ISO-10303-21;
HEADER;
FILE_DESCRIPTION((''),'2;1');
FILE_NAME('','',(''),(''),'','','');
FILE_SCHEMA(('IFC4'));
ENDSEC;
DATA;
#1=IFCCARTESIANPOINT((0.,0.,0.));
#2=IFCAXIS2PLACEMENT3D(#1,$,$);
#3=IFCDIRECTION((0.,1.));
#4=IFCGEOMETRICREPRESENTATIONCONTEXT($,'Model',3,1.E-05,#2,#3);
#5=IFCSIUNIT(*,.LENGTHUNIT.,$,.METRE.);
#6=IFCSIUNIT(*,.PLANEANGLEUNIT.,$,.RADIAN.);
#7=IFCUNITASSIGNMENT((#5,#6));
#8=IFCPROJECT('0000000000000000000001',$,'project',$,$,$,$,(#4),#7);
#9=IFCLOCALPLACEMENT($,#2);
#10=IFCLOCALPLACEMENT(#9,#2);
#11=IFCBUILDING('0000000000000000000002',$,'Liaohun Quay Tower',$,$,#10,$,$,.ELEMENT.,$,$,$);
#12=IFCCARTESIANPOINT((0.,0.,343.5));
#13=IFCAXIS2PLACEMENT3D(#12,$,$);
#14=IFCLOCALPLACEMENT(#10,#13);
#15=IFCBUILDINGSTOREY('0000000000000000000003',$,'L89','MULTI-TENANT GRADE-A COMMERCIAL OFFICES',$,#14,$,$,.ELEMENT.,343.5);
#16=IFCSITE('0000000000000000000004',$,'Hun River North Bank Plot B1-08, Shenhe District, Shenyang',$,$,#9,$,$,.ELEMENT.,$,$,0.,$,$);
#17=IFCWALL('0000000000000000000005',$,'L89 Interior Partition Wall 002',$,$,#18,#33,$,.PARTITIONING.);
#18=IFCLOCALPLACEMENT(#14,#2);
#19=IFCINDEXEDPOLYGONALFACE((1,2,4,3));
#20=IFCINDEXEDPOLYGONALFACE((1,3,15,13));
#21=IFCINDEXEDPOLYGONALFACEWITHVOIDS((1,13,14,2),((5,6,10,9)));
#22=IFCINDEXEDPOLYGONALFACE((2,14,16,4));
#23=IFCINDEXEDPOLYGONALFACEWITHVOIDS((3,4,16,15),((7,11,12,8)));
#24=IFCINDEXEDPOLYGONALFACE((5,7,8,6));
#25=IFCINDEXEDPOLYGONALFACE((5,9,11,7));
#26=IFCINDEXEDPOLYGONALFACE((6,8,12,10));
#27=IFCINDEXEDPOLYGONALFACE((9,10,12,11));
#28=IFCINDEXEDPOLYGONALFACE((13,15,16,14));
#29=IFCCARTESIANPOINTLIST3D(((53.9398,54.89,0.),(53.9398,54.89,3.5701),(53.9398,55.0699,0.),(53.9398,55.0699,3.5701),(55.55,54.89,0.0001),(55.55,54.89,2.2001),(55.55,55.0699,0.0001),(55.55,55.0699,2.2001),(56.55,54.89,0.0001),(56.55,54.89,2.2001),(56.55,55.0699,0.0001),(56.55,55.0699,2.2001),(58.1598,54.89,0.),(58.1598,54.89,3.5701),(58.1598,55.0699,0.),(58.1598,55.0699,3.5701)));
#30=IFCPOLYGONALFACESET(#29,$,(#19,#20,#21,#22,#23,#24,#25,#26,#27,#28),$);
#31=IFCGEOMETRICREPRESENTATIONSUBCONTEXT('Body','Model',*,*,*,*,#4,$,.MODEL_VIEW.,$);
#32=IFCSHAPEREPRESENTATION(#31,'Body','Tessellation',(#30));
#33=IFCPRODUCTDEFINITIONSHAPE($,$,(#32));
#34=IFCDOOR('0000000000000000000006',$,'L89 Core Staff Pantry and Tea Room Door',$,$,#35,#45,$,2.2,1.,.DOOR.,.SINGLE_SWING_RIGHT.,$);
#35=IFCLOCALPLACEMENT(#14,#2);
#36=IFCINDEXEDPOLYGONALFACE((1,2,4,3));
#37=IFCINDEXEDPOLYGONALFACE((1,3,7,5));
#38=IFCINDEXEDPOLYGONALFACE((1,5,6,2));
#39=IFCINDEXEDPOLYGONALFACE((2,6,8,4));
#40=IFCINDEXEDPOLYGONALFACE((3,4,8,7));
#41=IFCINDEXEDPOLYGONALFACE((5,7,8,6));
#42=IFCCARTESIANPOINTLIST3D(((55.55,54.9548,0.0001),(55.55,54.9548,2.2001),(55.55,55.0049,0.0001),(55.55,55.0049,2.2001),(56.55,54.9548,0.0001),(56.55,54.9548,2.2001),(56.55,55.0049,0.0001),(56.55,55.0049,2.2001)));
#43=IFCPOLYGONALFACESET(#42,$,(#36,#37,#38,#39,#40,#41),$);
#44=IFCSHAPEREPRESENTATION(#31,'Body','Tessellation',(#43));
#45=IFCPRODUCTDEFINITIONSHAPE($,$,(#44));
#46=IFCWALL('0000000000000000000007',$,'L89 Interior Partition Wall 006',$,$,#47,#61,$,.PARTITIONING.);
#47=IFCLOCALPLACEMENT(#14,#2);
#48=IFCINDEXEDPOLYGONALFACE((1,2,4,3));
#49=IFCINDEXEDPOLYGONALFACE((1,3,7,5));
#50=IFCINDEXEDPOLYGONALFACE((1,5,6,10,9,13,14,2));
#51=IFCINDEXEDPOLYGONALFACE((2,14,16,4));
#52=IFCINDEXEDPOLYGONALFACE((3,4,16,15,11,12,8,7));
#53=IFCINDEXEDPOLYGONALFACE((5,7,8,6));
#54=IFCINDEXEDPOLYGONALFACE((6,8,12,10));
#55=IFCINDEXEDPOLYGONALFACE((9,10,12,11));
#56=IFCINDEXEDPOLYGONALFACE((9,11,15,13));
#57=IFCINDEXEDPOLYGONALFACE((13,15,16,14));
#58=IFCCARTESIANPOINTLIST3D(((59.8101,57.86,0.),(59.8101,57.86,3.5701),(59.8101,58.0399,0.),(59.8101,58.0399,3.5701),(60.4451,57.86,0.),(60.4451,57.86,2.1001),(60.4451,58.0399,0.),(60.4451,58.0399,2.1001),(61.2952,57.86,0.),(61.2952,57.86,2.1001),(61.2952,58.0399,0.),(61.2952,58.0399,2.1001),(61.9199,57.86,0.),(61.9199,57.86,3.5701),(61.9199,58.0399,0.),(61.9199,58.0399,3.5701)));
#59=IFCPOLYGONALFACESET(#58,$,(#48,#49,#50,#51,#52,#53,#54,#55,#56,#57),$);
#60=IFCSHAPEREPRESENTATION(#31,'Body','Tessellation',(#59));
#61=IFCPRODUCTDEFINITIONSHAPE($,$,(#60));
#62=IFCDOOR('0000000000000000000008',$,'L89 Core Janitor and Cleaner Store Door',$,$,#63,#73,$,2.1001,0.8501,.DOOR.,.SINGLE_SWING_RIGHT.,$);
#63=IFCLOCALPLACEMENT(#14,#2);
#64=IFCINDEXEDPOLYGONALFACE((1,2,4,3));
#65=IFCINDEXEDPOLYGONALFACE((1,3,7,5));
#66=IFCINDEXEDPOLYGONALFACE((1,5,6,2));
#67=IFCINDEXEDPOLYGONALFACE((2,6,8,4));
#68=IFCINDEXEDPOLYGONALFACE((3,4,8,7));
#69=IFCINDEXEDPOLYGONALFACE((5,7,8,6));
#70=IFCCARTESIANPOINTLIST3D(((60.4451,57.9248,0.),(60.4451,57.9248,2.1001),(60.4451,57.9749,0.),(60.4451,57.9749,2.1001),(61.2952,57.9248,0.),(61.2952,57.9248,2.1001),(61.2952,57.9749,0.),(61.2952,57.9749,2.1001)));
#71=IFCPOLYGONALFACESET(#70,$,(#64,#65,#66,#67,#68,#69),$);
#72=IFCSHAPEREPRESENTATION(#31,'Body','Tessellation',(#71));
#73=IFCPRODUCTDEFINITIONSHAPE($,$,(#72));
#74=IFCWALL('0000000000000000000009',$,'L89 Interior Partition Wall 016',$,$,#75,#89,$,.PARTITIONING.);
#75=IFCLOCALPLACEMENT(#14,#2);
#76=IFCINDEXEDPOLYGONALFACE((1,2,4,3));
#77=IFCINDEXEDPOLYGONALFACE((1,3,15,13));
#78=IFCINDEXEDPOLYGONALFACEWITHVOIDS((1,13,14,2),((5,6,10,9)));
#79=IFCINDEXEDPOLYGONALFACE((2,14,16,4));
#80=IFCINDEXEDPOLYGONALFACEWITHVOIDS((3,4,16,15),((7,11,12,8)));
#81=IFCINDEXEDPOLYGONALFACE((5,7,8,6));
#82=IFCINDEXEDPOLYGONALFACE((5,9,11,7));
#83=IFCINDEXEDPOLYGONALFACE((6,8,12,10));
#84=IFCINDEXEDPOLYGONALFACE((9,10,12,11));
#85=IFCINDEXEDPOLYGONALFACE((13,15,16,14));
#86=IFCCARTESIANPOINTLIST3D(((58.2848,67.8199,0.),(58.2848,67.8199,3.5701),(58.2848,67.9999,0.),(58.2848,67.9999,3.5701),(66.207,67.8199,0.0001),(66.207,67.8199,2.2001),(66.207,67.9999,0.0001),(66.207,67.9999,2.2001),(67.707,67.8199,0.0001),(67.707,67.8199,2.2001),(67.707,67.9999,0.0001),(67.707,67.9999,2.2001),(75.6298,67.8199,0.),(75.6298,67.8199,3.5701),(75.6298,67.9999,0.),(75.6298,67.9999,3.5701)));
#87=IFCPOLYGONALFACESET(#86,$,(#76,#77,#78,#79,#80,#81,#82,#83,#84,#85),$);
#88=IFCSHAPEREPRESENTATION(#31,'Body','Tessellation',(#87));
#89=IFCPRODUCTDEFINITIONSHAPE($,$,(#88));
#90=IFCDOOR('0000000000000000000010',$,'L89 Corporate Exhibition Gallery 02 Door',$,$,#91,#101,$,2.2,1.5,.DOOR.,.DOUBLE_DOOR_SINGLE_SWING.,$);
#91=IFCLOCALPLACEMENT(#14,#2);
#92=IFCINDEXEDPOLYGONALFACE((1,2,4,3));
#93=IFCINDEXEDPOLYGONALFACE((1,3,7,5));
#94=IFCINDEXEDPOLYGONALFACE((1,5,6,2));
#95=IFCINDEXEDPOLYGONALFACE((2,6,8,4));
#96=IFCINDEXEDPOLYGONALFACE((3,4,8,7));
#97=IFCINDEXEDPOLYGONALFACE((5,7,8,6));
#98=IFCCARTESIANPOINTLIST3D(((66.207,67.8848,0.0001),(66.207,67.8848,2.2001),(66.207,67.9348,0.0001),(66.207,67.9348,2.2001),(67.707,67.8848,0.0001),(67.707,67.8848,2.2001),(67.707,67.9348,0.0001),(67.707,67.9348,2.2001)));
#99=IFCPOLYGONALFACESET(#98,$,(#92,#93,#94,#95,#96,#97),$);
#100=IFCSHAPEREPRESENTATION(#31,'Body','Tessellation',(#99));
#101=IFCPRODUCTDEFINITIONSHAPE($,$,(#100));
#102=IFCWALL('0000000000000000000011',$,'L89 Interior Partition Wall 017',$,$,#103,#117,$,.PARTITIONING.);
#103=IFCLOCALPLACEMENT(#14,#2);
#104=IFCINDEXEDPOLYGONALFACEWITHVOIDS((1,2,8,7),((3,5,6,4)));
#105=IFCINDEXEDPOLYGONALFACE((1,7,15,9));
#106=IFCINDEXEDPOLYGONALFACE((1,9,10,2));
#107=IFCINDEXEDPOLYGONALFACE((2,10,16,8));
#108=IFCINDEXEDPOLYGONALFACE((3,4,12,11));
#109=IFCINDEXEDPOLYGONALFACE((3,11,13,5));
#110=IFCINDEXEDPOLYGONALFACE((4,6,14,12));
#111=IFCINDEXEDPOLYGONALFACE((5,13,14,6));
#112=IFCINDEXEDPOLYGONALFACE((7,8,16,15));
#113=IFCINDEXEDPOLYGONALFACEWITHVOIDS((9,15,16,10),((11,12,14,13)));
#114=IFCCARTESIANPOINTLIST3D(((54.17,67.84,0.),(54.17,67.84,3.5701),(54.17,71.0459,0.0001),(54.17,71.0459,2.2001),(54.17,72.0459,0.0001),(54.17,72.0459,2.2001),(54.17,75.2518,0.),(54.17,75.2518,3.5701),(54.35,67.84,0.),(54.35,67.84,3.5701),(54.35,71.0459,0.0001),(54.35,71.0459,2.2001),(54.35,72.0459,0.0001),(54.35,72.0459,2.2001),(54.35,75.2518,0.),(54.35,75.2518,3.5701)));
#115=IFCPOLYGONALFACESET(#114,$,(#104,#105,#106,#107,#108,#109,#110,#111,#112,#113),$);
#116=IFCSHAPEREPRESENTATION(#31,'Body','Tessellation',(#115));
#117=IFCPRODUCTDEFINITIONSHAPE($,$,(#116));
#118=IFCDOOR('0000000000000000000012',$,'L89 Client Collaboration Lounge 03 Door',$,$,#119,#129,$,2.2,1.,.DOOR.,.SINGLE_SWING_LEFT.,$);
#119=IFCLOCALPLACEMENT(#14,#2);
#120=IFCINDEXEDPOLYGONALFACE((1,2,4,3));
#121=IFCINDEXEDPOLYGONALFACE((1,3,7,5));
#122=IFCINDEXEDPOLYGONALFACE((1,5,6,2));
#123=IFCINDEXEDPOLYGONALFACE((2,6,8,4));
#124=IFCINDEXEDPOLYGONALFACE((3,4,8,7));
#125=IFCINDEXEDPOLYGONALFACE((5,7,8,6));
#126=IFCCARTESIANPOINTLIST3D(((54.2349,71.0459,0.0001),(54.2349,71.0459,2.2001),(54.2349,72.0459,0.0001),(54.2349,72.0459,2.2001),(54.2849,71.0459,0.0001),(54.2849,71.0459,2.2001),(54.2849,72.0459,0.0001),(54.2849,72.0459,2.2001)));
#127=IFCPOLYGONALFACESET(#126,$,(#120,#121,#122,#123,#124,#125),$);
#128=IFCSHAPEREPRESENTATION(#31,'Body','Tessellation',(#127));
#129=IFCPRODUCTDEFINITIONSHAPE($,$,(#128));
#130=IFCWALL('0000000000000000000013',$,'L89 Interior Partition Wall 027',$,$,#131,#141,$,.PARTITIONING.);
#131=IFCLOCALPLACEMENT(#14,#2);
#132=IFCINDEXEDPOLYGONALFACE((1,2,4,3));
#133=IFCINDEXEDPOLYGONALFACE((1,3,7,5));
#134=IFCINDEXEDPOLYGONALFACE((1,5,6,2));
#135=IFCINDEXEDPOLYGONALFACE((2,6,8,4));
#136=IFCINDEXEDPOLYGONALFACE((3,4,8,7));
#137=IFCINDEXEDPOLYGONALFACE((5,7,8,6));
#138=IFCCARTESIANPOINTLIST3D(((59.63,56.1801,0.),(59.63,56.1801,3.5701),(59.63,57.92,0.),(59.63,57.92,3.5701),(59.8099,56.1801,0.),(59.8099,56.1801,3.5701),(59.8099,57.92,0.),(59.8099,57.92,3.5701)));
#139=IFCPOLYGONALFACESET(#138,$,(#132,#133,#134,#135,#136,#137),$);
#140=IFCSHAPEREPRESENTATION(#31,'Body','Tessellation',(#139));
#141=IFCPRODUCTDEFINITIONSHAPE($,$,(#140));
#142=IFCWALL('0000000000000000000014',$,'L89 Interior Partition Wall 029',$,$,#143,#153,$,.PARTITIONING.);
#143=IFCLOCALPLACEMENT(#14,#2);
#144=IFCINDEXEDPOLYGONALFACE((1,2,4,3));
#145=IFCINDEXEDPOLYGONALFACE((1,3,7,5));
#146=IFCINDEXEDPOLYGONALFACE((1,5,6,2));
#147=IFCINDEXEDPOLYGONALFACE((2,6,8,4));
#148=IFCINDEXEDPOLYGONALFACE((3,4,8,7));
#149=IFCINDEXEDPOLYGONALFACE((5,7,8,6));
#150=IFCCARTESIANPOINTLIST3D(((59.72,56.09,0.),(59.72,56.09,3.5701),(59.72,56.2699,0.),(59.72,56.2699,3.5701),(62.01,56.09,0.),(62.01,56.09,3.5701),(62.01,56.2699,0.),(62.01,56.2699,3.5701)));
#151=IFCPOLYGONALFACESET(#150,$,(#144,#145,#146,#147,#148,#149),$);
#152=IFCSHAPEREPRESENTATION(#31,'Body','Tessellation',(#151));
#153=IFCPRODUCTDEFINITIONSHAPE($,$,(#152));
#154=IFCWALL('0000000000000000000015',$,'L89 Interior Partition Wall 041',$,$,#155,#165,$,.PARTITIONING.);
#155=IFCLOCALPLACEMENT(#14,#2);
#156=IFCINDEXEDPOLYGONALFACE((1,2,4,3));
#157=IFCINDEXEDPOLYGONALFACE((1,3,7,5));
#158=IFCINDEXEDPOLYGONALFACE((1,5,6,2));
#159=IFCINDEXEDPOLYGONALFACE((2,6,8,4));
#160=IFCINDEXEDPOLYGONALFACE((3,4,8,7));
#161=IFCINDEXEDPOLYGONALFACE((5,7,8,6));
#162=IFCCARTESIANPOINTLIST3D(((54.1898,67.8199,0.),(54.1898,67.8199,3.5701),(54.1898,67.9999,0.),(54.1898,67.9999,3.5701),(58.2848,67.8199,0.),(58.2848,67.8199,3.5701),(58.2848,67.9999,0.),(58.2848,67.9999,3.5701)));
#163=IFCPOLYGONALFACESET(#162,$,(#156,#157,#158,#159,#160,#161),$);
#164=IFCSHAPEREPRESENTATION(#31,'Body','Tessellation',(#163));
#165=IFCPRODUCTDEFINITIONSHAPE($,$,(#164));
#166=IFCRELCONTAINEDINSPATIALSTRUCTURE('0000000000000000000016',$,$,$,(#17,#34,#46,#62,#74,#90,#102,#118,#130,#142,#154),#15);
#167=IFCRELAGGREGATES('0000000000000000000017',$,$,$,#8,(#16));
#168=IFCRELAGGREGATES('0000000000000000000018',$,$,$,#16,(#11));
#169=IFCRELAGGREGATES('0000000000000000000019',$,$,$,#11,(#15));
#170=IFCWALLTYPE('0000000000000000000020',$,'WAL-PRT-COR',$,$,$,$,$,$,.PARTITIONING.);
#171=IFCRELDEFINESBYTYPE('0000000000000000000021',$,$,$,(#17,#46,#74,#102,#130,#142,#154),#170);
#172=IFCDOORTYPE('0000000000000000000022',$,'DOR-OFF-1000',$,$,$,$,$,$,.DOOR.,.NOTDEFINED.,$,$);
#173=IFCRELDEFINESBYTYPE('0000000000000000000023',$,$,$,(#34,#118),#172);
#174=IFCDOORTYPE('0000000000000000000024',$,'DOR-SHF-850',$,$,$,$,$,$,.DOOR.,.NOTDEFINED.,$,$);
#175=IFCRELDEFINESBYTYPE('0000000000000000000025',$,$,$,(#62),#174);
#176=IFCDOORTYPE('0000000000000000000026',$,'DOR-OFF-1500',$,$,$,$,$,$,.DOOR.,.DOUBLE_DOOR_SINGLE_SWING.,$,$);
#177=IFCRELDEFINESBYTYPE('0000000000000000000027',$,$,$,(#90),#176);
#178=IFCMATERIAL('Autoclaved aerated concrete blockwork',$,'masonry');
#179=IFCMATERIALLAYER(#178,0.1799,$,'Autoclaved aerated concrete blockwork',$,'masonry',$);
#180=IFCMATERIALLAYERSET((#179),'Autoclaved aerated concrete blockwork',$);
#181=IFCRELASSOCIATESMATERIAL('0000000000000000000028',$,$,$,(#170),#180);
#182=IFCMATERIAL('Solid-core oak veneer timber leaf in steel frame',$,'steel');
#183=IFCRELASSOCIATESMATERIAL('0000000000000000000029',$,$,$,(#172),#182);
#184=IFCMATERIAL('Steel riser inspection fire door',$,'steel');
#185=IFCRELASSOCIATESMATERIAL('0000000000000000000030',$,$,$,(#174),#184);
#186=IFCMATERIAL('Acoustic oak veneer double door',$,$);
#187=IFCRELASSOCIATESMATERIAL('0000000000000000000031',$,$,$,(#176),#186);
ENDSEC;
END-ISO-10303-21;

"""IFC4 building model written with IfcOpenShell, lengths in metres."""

from ifc_helpers import new_model, si_unit, direction, frame, frame_2d, origin, place, context, subcontext, project, spatial, rectangle, extrude, source, transform, mapped, material, layer, layer_set, type_object, element, fill, save


model = new_model("IFC4")

# Units and contexts
model_context = context("Model", 3, precision=1e-05, world=origin(), true_north=direction((0.0, 1.0)))
body_context = subcontext(model_context, "Body", "Model", "MODEL_VIEW")
ifc_project = project(units=[si_unit("LENGTHUNIT", "METRE"), si_unit("PLANEANGLEUNIT", "RADIAN")], contexts=[model_context])

# Site, building, storey
site_placement = place(None, origin())
site = spatial("IfcSite", under=ifc_project, at=site_placement, Name="Hun River North Bank Plot B1-08, Shenhe District, Shenyang", CompositionType="ELEMENT", RefElevation=0.0)
building_placement = place(site_placement, origin())
building = spatial("IfcBuilding", under=site, at=building_placement, Name="Liaohun Quay Tower", CompositionType="ELEMENT")
storey_placement = place(building_placement, frame((0.0, 0.0, 343.5)))
storey = spatial("IfcBuildingStorey", under=building, at=storey_placement, Name="L89", Description="MULTI-TENANT GRADE-A COMMERCIAL OFFICES", CompositionType="ELEMENT", Elevation=343.5)

# Walls, openings, doors
ifc_material_1 = material(Name="Autoclaved aerated concrete blockwork", Category="masonry")
ifc_layer_1 = layer(ifc_material_1, 0.1799, Name="Autoclaved aerated concrete blockwork", Category="masonry")
ifc_layer_set_1 = layer_set([ifc_layer_1], Name="Autoclaved aerated concrete blockwork")
wall_type_1 = type_object("IfcWallType", Name="WAL-PRT-COR", PredefinedType="PARTITIONING", material=ifc_layer_set_1)
wall_1_placement = place(storey_placement, frame((53.9399, 54.98, 0.0), z_axis=(0.0, 0.0, 1.0), x_axis=(1.0, 0.0, 0.0)))
wall_1 = element("IfcWall", 1, at=wall_1_placement, inside=storey, type_object=wall_type_1, Name="L89 Interior Partition Wall 002", PredefinedType="PARTITIONING", context=body_context, shape_type="SweptSolid", body=[
    extrude(rectangle(XDim=4.22, YDim=0.1799, at=frame_2d((2.1099, 0.0))), origin(), (0.0, 0.0, 1.0), 3.5701),
])
shared_shape_1 = source(origin(), body_context, "Body", "SweptSolid", [
    extrude(rectangle(XDim=1.0, YDim=2.2, at=frame_2d((0.5, 1.1001))), frame((0.0, 0.0999, 0.0), z_axis=(0.0, -1.0, 0.0), x_axis=(1.0, 0.0, 0.0)), (0.0, 0.0, 1.0), 0.2),
])
opening_1_placement = place(wall_1_placement, frame((1.6101, 0.0, 0.0)))
opening_1 = element("IfcOpeningElement", 2, at=opening_1_placement, cuts=wall_1, PredefinedType="OPENING", context=body_context, shape_type="MappedRepresentation", body=[
    mapped(shared_shape_1, transform((0.0, 0.0, 0.0), x_axis=(1.0, 0.0, 0.0), y_axis=(0.0, 1.0, 0.0), z_axis=(0.0, 0.0, 1.0), scale=1.0)),
])
ifc_material_2 = material(Name="Solid-core oak veneer timber leaf in steel frame", Category="steel")
door_type_1 = type_object("IfcDoorType", Name="DOR-OFF-1000", OperationType="NOTDEFINED", PredefinedType="DOOR", material=ifc_material_2)
shared_shape_2 = source(origin(), body_context, "Body", "SweptSolid", [
    extrude(rectangle(XDim=1.0, YDim=2.2, at=frame_2d((0.5, 1.1001))), frame((0.0, 0.0249, 0.0), z_axis=(0.0, -1.0, 0.0), x_axis=(1.0, 0.0, 0.0)), (0.0, 0.0, 1.0), 0.05),
])
door_1_placement = place(opening_1_placement, origin())
door_1 = element("IfcDoor", 3, at=door_1_placement, inside=storey, type_object=door_type_1, Name="L89 Core Staff Pantry and Tea Room Door", OperationType="SINGLE_SWING_RIGHT", OverallHeight=2.2, OverallWidth=1.0, PredefinedType="DOOR", context=body_context, shape_type="MappedRepresentation", body=[
    mapped(shared_shape_2, transform((0.0, 0.0, 0.0), x_axis=(1.0, 0.0, 0.0), y_axis=(0.0, 1.0, 0.0), z_axis=(0.0, 0.0, 1.0), scale=1.0)),
])
fill(opening_1, door_1)
wall_2_placement = place(storey_placement, frame((59.8101, 57.95, 0.0), z_axis=(0.0, 0.0, 1.0), x_axis=(1.0, 0.0, 0.0)))
wall_2 = element("IfcWall", 4, at=wall_2_placement, inside=storey, type_object=wall_type_1, Name="L89 Interior Partition Wall 006", PredefinedType="PARTITIONING", context=body_context, shape_type="SweptSolid", body=[
    extrude(rectangle(XDim=2.1099, YDim=0.1799, at=frame_2d((1.0549, 0.0))), origin(), (0.0, 0.0, 1.0), 3.5701),
])
shared_shape_3 = source(origin(), body_context, "Body", "SweptSolid", [
    extrude(rectangle(XDim=0.8501, YDim=2.1001, at=frame_2d((0.425, 1.05))), frame((0.0, 0.0999, 0.0), z_axis=(0.0, -1.0, 0.0), x_axis=(1.0, 0.0, 0.0)), (0.0, 0.0, 1.0), 0.2),
])
opening_2_placement = place(wall_2_placement, frame((0.635, 0.0, 0.0)))
opening_2 = element("IfcOpeningElement", 5, at=opening_2_placement, cuts=wall_2, PredefinedType="OPENING", context=body_context, shape_type="MappedRepresentation", body=[
    mapped(shared_shape_3, transform((0.0, 0.0, 0.0), x_axis=(1.0, 0.0, 0.0), y_axis=(0.0, 1.0, 0.0), z_axis=(0.0, 0.0, 1.0), scale=1.0)),
])
ifc_material_3 = material(Name="Steel riser inspection fire door", Category="steel")
door_type_2 = type_object("IfcDoorType", Name="DOR-SHF-850", OperationType="NOTDEFINED", PredefinedType="DOOR", material=ifc_material_3)
shared_shape_4 = source(origin(), body_context, "Body", "SweptSolid", [
    extrude(rectangle(XDim=0.8501, YDim=2.1001, at=frame_2d((0.425, 1.05))), frame((0.0, 0.0249, 0.0), z_axis=(0.0, -1.0, 0.0), x_axis=(1.0, 0.0, 0.0)), (0.0, 0.0, 1.0), 0.05),
])
door_2_placement = place(opening_2_placement, origin())
door_2 = element("IfcDoor", 6, at=door_2_placement, inside=storey, type_object=door_type_2, Name="L89 Core Janitor and Cleaner Store Door", OperationType="SINGLE_SWING_RIGHT", OverallHeight=2.1001, OverallWidth=0.8501, PredefinedType="DOOR", context=body_context, shape_type="MappedRepresentation", body=[
    mapped(shared_shape_4, transform((0.0, 0.0, 0.0), x_axis=(1.0, 0.0, 0.0), y_axis=(0.0, 1.0, 0.0), z_axis=(0.0, 0.0, 1.0), scale=1.0)),
])
fill(opening_2, door_2)
wall_3_placement = place(storey_placement, frame((58.2849, 67.9099, 0.0), z_axis=(0.0, 0.0, 1.0), x_axis=(1.0, 0.0, 0.0)))
wall_3 = element("IfcWall", 7, at=wall_3_placement, inside=storey, type_object=wall_type_1, Name="L89 Interior Partition Wall 016", PredefinedType="PARTITIONING", context=body_context, shape_type="SweptSolid", body=[
    extrude(rectangle(XDim=17.345, YDim=0.1799, at=frame_2d((8.6724, 0.0))), origin(), (0.0, 0.0, 1.0), 3.5701),
])
shared_shape_5 = source(origin(), body_context, "Body", "SweptSolid", [
    extrude(rectangle(XDim=1.5, YDim=2.2, at=frame_2d((0.75, 1.1001))), frame((0.0, 0.0999, 0.0), z_axis=(0.0, -1.0, 0.0), x_axis=(1.0, 0.0, 0.0)), (0.0, 0.0, 1.0), 0.2),
])
opening_3_placement = place(wall_3_placement, frame((7.9221, 0.0, 0.0)))
opening_3 = element("IfcOpeningElement", 8, at=opening_3_placement, cuts=wall_3, PredefinedType="OPENING", context=body_context, shape_type="MappedRepresentation", body=[
    mapped(shared_shape_5, transform((0.0, 0.0, 0.0), x_axis=(1.0, 0.0, 0.0), y_axis=(0.0, 1.0, 0.0), z_axis=(0.0, 0.0, 1.0), scale=1.0)),
])
ifc_material_4 = material(Name="Acoustic oak veneer double door")
door_type_3 = type_object("IfcDoorType", Name="DOR-OFF-1500", OperationType="DOUBLE_DOOR_SINGLE_SWING", PredefinedType="DOOR", material=ifc_material_4)
shared_shape_6 = source(origin(), body_context, "Body", "SweptSolid", [
    extrude(rectangle(XDim=1.5, YDim=2.2, at=frame_2d((0.75, 1.1001))), frame((0.0, 0.0249, 0.0), z_axis=(0.0, -1.0, 0.0), x_axis=(1.0, 0.0, 0.0)), (0.0, 0.0, 1.0), 0.05),
])
door_3_placement = place(opening_3_placement, origin())
door_3 = element("IfcDoor", 9, at=door_3_placement, inside=storey, type_object=door_type_3, Name="L89 Corporate Exhibition Gallery 02 Door", OperationType="DOUBLE_DOOR_SINGLE_SWING", OverallHeight=2.2, OverallWidth=1.5, PredefinedType="DOOR", context=body_context, shape_type="MappedRepresentation", body=[
    mapped(shared_shape_6, transform((0.0, 0.0, 0.0), x_axis=(1.0, 0.0, 0.0), y_axis=(0.0, 1.0, 0.0), z_axis=(0.0, 0.0, 1.0), scale=1.0)),
])
fill(opening_3, door_3)
wall_4_placement = place(storey_placement, frame((54.26, 75.252, 0.0), z_axis=(0.0, 0.0, 1.0), x_axis=(0.0, -1.0, 0.0)))
wall_4 = element("IfcWall", 10, at=wall_4_placement, inside=storey, type_object=wall_type_1, Name="L89 Interior Partition Wall 017", PredefinedType="PARTITIONING", context=body_context, shape_type="SweptSolid", body=[
    extrude(rectangle(XDim=7.4119, YDim=0.1799, at=frame_2d((3.7061, 0.0))), origin(), (0.0, 0.0, 1.0), 3.5701),
])
opening_4_placement = place(wall_4_placement, frame((3.2061, 0.0, 0.0)))
opening_4 = element("IfcOpeningElement", 11, at=opening_4_placement, cuts=wall_4, PredefinedType="OPENING", context=body_context, shape_type="MappedRepresentation", body=[
    mapped(shared_shape_1, transform((0.0, 0.0, 0.0), x_axis=(1.0, 0.0, 0.0), y_axis=(0.0, 1.0, 0.0), z_axis=(0.0, 0.0, 1.0), scale=1.0)),
])
door_4_placement = place(opening_4_placement, origin())
door_4 = element("IfcDoor", 12, at=door_4_placement, inside=storey, type_object=door_type_1, Name="L89 Client Collaboration Lounge 03 Door", OperationType="SINGLE_SWING_LEFT", OverallHeight=2.2, OverallWidth=1.0, PredefinedType="DOOR", context=body_context, shape_type="MappedRepresentation", body=[
    mapped(shared_shape_2, transform((0.0, 0.0, 0.0), x_axis=(1.0, 0.0, 0.0), y_axis=(0.0, 1.0, 0.0), z_axis=(0.0, 0.0, 1.0), scale=1.0)),
])
fill(opening_4, door_4)

# Walls
wall_5_placement = place(storey_placement, frame((59.72, 56.1799, 0.0), z_axis=(0.0, 0.0, 1.0), x_axis=(0.0, 1.0, 0.0)))
element("IfcWall", 13, at=wall_5_placement, inside=storey, type_object=wall_type_1, Name="L89 Interior Partition Wall 027", PredefinedType="PARTITIONING", context=body_context, shape_type="SweptSolid", body=[
    extrude(rectangle(XDim=1.74, YDim=0.1799, at=frame_2d((0.8701, 0.0))), origin(), (0.0, 0.0, 1.0), 3.5701),
])
wall_6_placement = place(storey_placement, frame((59.72, 56.1799, 0.0), z_axis=(0.0, 0.0, 1.0), x_axis=(1.0, 0.0, 0.0)))
element("IfcWall", 14, at=wall_6_placement, inside=storey, type_object=wall_type_1, Name="L89 Interior Partition Wall 029", PredefinedType="PARTITIONING", context=body_context, shape_type="SweptSolid", body=[
    extrude(rectangle(XDim=2.29, YDim=0.1799, at=frame_2d((1.145, 0.0))), origin(), (0.0, 0.0, 1.0), 3.5701),
])
wall_7_placement = place(storey_placement, frame((54.1899, 67.9099, 0.0), z_axis=(0.0, 0.0, 1.0), x_axis=(1.0, 0.0, 0.0)))
element("IfcWall", 15, at=wall_7_placement, inside=storey, type_object=wall_type_1, Name="L89 Interior Partition Wall 041", PredefinedType="PARTITIONING", context=body_context, shape_type="SweptSolid", body=[
    extrude(rectangle(XDim=4.095, YDim=0.1799, at=frame_2d((2.0474, 0.0))), origin(), (0.0, 0.0, 1.0), 3.5701),
])

save(model, "model.ifc")
